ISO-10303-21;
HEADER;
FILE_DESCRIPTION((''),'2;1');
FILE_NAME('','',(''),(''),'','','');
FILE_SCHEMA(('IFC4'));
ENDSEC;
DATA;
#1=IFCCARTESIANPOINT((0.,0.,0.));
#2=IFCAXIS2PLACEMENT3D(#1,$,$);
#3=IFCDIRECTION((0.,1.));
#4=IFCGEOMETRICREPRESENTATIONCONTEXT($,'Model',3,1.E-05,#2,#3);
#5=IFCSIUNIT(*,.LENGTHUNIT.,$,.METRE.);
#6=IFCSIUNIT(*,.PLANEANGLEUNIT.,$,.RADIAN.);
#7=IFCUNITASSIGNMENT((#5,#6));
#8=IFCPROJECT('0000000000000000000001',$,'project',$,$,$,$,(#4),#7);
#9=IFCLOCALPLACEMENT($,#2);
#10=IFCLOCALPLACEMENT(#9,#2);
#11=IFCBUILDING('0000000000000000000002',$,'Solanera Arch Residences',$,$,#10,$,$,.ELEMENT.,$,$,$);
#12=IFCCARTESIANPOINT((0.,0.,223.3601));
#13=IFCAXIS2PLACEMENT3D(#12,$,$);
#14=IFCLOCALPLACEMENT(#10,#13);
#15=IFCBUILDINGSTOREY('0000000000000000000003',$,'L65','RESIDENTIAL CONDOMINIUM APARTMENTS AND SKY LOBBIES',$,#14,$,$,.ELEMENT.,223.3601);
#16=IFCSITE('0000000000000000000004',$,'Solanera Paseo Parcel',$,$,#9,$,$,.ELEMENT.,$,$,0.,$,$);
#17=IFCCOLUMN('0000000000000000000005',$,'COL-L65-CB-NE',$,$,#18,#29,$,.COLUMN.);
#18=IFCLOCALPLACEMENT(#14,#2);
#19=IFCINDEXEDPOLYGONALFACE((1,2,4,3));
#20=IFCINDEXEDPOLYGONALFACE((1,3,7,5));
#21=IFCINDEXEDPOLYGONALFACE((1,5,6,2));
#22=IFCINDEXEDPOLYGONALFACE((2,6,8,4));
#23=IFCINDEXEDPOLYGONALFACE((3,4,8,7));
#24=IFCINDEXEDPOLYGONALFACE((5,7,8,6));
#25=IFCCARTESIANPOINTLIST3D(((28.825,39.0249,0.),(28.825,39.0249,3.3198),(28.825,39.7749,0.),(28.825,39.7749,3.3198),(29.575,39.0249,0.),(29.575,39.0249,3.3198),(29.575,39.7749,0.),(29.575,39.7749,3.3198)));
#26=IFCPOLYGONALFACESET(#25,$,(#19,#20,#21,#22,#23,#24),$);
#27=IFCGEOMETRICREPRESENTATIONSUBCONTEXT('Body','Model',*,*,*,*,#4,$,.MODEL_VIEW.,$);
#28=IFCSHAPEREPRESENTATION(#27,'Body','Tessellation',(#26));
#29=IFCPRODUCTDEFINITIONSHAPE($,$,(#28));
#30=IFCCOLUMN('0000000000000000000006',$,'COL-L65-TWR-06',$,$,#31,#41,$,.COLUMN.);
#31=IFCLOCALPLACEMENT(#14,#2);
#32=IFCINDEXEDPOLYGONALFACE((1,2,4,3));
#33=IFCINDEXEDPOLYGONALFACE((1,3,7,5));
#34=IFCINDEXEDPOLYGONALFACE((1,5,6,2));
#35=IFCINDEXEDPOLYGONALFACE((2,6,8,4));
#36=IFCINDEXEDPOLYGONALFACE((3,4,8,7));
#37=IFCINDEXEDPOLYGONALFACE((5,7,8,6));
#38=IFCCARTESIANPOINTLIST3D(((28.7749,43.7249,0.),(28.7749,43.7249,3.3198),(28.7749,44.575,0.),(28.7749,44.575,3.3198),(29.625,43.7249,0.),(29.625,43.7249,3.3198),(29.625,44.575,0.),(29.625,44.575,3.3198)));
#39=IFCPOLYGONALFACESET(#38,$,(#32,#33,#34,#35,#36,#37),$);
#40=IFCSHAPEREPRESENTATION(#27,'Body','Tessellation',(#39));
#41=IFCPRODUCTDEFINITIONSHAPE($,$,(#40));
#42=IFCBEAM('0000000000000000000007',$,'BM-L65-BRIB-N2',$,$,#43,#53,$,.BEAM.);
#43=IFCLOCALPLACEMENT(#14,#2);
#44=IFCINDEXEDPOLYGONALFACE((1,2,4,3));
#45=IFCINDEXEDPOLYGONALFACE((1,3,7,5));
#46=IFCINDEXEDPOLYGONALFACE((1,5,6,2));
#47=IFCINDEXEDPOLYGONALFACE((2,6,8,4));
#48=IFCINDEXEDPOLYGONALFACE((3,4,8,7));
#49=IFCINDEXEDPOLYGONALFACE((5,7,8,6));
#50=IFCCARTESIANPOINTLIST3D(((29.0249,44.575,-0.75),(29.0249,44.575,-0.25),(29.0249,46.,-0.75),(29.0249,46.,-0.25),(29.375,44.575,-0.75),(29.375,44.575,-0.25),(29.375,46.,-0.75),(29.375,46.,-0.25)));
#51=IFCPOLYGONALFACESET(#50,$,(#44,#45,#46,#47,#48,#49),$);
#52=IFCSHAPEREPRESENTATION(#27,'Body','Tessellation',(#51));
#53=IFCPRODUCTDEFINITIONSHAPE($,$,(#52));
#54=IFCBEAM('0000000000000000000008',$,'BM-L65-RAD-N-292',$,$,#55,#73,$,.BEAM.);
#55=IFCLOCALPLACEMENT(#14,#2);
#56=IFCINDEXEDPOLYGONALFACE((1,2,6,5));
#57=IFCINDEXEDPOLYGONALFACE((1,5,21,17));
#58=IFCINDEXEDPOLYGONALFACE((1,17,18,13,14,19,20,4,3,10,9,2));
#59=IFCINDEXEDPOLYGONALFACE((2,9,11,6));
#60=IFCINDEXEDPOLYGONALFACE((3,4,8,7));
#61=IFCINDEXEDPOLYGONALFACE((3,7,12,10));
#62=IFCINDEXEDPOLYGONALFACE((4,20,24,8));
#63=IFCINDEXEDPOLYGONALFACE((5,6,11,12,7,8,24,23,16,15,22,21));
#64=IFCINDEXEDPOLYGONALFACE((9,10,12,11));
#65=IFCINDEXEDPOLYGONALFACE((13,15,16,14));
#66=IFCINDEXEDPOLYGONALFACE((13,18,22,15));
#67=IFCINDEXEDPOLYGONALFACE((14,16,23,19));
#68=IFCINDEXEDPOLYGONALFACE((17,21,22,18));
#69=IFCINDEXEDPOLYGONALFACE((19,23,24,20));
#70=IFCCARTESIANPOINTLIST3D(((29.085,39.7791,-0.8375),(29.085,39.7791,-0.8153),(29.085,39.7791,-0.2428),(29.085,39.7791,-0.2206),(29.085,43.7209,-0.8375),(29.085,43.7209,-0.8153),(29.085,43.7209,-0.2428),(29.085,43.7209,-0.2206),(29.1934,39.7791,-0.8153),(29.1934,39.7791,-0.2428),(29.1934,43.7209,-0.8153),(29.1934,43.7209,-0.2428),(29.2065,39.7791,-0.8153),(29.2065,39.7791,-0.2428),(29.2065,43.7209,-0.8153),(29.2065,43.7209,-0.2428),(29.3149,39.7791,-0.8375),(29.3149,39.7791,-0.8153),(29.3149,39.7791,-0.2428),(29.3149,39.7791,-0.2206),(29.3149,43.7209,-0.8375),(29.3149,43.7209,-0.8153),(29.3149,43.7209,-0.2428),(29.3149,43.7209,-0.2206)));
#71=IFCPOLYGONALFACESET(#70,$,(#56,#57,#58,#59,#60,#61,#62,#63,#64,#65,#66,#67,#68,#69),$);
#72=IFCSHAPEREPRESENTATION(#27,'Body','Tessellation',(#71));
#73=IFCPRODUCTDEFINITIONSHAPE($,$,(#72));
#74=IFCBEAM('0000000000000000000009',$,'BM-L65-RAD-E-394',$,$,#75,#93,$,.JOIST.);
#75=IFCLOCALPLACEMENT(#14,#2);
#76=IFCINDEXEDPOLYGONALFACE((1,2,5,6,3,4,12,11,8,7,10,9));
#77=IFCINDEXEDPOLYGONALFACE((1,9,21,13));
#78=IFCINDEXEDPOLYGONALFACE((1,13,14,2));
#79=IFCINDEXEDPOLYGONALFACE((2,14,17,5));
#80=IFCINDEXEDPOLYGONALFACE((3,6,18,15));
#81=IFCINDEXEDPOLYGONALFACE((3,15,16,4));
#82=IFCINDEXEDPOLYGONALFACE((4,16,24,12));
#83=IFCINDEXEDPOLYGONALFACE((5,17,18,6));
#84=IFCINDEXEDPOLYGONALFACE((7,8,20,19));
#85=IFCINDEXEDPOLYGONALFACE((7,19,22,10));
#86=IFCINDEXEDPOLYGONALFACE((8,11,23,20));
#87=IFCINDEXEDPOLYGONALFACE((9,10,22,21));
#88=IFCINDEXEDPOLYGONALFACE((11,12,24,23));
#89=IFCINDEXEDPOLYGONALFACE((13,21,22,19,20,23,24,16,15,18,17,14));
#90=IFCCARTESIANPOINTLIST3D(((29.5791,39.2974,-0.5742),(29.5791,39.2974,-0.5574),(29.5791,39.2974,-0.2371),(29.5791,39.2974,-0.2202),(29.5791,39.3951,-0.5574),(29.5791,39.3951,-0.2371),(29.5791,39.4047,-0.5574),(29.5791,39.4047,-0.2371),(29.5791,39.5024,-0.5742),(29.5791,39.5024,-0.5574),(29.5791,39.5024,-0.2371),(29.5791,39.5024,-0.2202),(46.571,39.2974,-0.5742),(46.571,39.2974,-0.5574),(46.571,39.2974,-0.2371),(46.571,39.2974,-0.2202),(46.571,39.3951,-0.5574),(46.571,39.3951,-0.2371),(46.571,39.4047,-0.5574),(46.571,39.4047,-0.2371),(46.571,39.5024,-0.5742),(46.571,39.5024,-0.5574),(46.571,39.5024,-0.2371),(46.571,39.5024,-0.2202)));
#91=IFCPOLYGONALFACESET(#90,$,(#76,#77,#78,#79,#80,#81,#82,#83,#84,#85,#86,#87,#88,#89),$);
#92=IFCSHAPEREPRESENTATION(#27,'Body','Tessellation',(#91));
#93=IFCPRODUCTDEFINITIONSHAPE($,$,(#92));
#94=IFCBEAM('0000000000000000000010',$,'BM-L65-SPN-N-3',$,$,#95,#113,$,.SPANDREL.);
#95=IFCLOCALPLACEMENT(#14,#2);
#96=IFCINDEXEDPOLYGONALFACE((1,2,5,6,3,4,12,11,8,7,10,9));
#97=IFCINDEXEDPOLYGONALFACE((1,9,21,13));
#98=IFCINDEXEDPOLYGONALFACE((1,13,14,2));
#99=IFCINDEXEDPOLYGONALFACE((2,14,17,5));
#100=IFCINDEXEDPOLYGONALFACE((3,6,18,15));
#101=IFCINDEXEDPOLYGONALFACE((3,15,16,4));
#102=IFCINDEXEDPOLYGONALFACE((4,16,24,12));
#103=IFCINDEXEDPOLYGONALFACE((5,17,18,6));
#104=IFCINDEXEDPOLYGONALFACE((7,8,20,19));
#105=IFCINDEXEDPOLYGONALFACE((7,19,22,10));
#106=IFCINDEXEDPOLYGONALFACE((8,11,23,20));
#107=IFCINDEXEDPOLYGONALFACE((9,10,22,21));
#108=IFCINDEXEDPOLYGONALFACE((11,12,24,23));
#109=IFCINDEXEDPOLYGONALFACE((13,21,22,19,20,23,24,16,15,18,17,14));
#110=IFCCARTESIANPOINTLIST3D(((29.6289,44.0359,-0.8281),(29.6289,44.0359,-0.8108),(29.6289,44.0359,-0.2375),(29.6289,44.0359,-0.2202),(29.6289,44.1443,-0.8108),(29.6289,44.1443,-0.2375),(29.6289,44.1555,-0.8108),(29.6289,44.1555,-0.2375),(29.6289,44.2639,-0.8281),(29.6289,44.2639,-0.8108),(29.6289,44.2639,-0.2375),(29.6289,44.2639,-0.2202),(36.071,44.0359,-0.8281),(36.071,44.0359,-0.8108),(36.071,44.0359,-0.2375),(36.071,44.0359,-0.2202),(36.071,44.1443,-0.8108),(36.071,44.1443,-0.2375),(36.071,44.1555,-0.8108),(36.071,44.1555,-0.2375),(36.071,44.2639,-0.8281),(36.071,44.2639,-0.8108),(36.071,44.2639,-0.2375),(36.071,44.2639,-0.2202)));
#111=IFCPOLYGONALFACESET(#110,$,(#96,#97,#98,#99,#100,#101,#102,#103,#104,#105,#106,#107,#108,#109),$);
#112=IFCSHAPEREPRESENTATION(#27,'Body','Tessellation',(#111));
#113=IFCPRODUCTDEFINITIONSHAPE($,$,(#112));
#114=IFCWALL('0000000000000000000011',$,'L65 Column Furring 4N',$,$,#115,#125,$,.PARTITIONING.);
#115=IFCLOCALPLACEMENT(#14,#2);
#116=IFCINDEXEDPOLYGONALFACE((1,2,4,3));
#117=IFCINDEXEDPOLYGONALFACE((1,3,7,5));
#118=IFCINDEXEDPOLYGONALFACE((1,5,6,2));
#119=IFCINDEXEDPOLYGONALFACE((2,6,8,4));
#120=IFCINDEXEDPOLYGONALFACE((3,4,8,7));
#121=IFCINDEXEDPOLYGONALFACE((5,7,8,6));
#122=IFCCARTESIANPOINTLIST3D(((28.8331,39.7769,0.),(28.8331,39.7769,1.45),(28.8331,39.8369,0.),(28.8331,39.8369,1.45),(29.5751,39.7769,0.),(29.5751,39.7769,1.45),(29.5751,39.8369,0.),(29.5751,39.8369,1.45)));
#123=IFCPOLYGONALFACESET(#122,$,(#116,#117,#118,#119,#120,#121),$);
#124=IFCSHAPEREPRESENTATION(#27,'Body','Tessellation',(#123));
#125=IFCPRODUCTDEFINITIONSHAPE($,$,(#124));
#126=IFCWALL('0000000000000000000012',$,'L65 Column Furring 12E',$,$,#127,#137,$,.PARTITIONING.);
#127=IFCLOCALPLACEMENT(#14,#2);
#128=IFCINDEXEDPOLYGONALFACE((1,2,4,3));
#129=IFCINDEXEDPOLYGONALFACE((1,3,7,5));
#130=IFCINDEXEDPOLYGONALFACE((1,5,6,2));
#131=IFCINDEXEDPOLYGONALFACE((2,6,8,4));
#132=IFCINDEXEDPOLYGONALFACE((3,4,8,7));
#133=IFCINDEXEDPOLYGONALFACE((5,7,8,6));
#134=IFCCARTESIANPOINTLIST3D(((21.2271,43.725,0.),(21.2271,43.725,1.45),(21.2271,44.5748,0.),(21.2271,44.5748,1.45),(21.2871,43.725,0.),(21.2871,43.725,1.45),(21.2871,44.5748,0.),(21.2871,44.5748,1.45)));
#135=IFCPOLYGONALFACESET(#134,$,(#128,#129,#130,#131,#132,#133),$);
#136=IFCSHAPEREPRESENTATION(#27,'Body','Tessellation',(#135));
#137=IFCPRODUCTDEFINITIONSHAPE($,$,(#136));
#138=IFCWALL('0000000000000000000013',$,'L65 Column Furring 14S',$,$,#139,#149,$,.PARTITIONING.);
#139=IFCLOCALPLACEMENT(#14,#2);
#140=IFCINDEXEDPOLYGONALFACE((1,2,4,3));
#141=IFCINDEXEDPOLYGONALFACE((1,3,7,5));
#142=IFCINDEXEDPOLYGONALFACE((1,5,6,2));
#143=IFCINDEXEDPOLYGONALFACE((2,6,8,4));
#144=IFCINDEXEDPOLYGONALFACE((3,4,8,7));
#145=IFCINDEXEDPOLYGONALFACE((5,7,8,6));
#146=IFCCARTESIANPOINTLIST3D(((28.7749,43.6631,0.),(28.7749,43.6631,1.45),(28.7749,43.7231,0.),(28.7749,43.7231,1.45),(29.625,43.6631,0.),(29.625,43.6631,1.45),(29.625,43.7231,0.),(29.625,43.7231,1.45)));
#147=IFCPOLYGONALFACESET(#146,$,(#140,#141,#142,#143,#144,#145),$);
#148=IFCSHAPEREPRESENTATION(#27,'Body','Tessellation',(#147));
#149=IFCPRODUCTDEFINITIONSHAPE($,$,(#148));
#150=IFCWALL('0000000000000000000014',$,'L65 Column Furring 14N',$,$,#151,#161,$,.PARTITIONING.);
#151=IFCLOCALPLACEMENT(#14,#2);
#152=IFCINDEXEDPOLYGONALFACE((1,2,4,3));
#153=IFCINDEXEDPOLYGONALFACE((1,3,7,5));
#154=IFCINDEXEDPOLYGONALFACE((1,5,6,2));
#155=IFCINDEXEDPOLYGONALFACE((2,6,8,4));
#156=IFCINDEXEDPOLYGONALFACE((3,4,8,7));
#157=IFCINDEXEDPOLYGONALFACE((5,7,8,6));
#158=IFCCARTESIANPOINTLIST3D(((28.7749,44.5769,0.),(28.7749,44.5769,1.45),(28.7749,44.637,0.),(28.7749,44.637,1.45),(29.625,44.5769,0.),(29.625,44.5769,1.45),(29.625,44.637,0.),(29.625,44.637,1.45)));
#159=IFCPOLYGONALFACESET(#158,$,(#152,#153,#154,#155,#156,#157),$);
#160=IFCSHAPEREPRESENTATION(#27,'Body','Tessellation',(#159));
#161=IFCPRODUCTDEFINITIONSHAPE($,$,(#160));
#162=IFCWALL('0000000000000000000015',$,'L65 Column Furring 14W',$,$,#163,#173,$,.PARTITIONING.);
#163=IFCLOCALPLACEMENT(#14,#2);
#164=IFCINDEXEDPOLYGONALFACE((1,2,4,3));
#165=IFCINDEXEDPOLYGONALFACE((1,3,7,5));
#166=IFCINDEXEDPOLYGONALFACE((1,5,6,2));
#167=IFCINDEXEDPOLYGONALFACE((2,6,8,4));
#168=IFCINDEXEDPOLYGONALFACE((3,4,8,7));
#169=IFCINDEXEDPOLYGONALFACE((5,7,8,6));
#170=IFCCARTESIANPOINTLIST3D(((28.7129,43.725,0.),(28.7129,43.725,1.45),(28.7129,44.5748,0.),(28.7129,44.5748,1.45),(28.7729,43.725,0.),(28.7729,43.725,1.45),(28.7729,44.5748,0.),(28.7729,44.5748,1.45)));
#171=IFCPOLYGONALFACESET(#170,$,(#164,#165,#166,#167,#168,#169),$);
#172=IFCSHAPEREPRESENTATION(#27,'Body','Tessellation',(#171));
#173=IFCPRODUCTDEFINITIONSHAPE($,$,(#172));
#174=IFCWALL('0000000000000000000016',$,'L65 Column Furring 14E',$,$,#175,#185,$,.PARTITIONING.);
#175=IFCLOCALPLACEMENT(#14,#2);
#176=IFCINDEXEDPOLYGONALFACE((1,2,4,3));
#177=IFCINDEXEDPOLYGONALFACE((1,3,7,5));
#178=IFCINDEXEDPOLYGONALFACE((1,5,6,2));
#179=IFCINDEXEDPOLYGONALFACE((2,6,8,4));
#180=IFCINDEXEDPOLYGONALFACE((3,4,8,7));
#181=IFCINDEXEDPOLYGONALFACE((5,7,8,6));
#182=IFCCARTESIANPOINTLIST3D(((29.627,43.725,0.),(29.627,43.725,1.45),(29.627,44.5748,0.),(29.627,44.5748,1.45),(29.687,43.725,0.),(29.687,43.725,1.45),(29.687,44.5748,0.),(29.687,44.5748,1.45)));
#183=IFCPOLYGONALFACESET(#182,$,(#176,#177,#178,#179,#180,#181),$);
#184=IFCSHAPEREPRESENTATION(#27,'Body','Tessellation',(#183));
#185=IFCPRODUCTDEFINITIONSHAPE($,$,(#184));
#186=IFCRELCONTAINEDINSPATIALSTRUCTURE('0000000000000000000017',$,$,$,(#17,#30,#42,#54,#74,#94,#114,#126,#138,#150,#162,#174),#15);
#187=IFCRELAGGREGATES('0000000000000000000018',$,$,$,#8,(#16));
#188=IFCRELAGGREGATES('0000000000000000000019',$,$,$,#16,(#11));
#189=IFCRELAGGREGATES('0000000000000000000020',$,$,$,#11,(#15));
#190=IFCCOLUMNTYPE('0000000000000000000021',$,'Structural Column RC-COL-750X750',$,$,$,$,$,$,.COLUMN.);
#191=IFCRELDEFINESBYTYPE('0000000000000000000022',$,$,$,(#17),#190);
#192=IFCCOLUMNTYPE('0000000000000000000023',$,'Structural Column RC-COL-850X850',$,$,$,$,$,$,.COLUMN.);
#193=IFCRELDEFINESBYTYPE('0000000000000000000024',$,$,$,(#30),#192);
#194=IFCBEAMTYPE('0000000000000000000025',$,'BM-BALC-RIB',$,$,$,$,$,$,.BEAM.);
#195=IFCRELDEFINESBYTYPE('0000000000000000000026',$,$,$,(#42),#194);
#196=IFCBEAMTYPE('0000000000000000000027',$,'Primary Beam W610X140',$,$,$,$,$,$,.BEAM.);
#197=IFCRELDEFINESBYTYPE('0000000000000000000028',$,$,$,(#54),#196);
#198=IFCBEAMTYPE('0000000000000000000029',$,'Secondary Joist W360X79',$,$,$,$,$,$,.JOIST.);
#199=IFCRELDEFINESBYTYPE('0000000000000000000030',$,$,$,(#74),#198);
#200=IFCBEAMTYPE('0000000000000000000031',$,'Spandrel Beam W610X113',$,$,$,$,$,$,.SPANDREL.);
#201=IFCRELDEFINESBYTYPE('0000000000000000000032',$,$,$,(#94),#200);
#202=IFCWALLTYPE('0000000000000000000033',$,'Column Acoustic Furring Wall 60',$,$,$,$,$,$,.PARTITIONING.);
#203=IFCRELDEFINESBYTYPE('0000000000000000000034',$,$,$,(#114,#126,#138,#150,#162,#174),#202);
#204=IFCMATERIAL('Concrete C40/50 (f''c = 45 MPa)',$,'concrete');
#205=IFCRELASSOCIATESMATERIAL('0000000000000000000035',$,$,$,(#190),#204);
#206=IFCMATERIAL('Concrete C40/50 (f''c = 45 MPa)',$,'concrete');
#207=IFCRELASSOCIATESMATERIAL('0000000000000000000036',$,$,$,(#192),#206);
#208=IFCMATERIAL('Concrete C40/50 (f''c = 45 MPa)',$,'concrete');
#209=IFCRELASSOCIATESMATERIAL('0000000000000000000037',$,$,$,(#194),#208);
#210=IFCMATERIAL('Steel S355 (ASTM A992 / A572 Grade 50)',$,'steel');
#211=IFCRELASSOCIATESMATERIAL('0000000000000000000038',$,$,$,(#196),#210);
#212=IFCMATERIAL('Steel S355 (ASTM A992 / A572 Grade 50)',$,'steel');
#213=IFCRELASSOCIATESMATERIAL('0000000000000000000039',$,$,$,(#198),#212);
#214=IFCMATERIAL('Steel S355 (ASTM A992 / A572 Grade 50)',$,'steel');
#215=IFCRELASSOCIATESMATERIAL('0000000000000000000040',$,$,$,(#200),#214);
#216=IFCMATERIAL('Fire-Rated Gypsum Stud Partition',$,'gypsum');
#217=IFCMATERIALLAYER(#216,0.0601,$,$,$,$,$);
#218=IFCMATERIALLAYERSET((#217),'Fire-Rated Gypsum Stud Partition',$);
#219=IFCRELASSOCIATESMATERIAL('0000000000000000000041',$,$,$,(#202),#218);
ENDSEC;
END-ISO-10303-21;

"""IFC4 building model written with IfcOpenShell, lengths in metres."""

from ifc_helpers import new_model, si_unit, direction, frame, frame_2d, origin, origin_2d, place, context, subcontext, project, spatial, rectangle, i_section, extrude, material, layer, layer_set, material_profile, profile_set, type_object, element, save


model = new_model("IFC4")

# Units and contexts
model_context = context("Model", 3, precision=1e-05, world=origin(), true_north=direction((0.0, 1.0)))
body_context = subcontext(model_context, "Body", "Model", "MODEL_VIEW")
ifc_project = project(units=[si_unit("LENGTHUNIT", "METRE"), si_unit("PLANEANGLEUNIT", "RADIAN")], contexts=[model_context])

# Site, building, storey
site_placement = place(None, origin())
site = spatial("IfcSite", under=ifc_project, at=site_placement, Name="Solanera Paseo Parcel", CompositionType="ELEMENT", RefElevation=0.0)
building_placement = place(site_placement, origin())
building = spatial("IfcBuilding", under=site, at=building_placement, Name="Solanera Arch Residences", CompositionType="ELEMENT")
storey_placement = place(building_placement, frame((0.0, 0.0, 223.3601)))
storey = spatial("IfcBuildingStorey", under=building, at=storey_placement, Name="L65", Description="RESIDENTIAL CONDOMINIUM APARTMENTS AND SKY LOBBIES", CompositionType="ELEMENT", Elevation=223.3601)

# Columns
ifc_material_1 = material(Name="Concrete C40/50 (f'c = 45 MPa)", Category="concrete")
ifc_material_profile_1 = material_profile(ifc_material_1, rectangle(XDim=0.75, YDim=0.75, at=origin_2d()))
ifc_profile_set_1 = profile_set([ifc_material_profile_1], Name="Concrete C40/50 (f'c = 45 MPa)")
column_type_1 = type_object("IfcColumnType", Name="Structural Column RC-COL-750X750", PredefinedType="COLUMN", material=ifc_profile_set_1)
column_1_placement = place(storey_placement, frame((29.2, 39.3999, 0.0), z_axis=(0.0, 0.0, 1.0), x_axis=(1.0, 0.0, 0.0)))
element("IfcColumn", 1, at=column_1_placement, inside=storey, type_object=column_type_1, Name="COL-L65-CB-NE", PredefinedType="COLUMN", context=body_context, shape_type="SweptSolid", body=[
    extrude(rectangle(XDim=0.75, YDim=0.75, at=origin_2d()), origin(), (0.0, 0.0, 1.0), 3.3198),
])
ifc_material_2 = material(Name="Concrete C40/50 (f'c = 45 MPa)", Category="concrete")
ifc_material_profile_2 = material_profile(ifc_material_2, rectangle(XDim=0.8501, YDim=0.8501, at=origin_2d()))
ifc_profile_set_2 = profile_set([ifc_material_profile_2], Name="Concrete C40/50 (f'c = 45 MPa)")
column_type_2 = type_object("IfcColumnType", Name="Structural Column RC-COL-850X850", PredefinedType="COLUMN", material=ifc_profile_set_2)
column_2_placement = place(storey_placement, frame((29.2, 44.1499, 0.0), z_axis=(0.0, 0.0, 1.0), x_axis=(1.0, 0.0, 0.0)))
element("IfcColumn", 2, at=column_2_placement, inside=storey, type_object=column_type_2, Name="COL-L65-TWR-06", PredefinedType="COLUMN", context=body_context, shape_type="SweptSolid", body=[
    extrude(rectangle(XDim=0.8501, YDim=0.8501, at=origin_2d()), origin(), (0.0, 0.0, 1.0), 3.3198),
])

# Beams
ifc_material_3 = material(Name="Concrete C40/50 (f'c = 45 MPa)", Category="concrete")
ifc_material_profile_3 = material_profile(ifc_material_3, rectangle(XDim=0.3501, YDim=0.5, at=origin_2d()))
ifc_profile_set_3 = profile_set([ifc_material_profile_3], Name="Concrete C40/50 (f'c = 45 MPa)")
beam_type_1 = type_object("IfcBeamType", Name="BM-BALC-RIB", PredefinedType="BEAM", material=ifc_profile_set_3)
beam_1_placement = place(storey_placement, frame((29.2, 44.575, -0.5), z_axis=(0.0, 1.0, 0.0), x_axis=(-1.0, 0.0, 0.0)))
element("IfcBeam", 3, at=beam_1_placement, inside=storey, type_object=beam_type_1, Name="BM-L65-BRIB-N2", PredefinedType="BEAM", context=body_context, shape_type="SweptSolid", body=[
    extrude(rectangle(XDim=0.3501, YDim=0.5, at=origin_2d()), origin(), (0.0, 0.0, 1.0), 1.425),
])
ifc_material_4 = material(Name="Steel S355 (ASTM A992 / A572 Grade 50)", Category="steel")
ifc_material_profile_4 = material_profile(ifc_material_4, i_section(OverallWidth=0.23, OverallDepth=0.6169, WebThickness=0.0132, FlangeThickness=0.0222, at=origin_2d()))
ifc_profile_set_4 = profile_set([ifc_material_profile_4], Name="Steel S355 (ASTM A992 / A572 Grade 50)")
beam_type_2 = type_object("IfcBeamType", Name="Primary Beam W610X140", PredefinedType="BEAM", material=ifc_profile_set_4)
beam_2_placement = place(storey_placement, frame((29.2, 39.7791, -0.5291), z_axis=(0.0, 1.0, 0.0), x_axis=(-1.0, 0.0, 0.0)))
element("IfcBeam", 4, at=beam_2_placement, inside=storey, type_object=beam_type_2, Name="BM-L65-RAD-N-292", PredefinedType="BEAM", context=body_context, shape_type="SweptSolid", body=[
    extrude(i_section(OverallWidth=0.23, OverallDepth=0.6169, WebThickness=0.0132, FlangeThickness=0.0222, at=origin_2d()), origin(), (0.0, 0.0, 1.0), 3.9419),
])
ifc_material_5 = material(Name="Steel S355 (ASTM A992 / A572 Grade 50)", Category="steel")
ifc_material_profile_5 = material_profile(ifc_material_5, i_section(OverallWidth=0.2051, OverallDepth=0.354, WebThickness=0.0095, FlangeThickness=0.0168, at=origin_2d()))
ifc_profile_set_5 = profile_set([ifc_material_profile_5], Name="Steel S355 (ASTM A992 / A572 Grade 50)")
beam_type_3 = type_object("IfcBeamType", Name="Secondary Joist W360X79", PredefinedType="JOIST", material=ifc_profile_set_5)
beam_3_placement = place(storey_placement, frame((29.5791, 39.3999, -0.3972), z_axis=(1.0, 0.0, 0.0), x_axis=(0.0, 1.0, 0.0)))
element("IfcBeam", 5, at=beam_3_placement, inside=storey, type_object=beam_type_3, Name="BM-L65-RAD-E-394", PredefinedType="JOIST", context=body_context, shape_type="SweptSolid", body=[
    extrude(i_section(OverallWidth=0.2051, OverallDepth=0.354, WebThickness=0.0095, FlangeThickness=0.0168, at=origin_2d()), origin(), (0.0, 0.0, 1.0), 16.9919),
])
ifc_material_6 = material(Name="Steel S355 (ASTM A992 / A572 Grade 50)", Category="steel")
ifc_material_profile_6 = material_profile(ifc_material_6, i_section(OverallWidth=0.228, OverallDepth=0.6079, WebThickness=0.0112, FlangeThickness=0.0173, at=origin_2d()))
ifc_profile_set_6 = profile_set([ifc_material_profile_6], Name="Steel S355 (ASTM A992 / A572 Grade 50)")
beam_type_4 = type_object("IfcBeamType", Name="Spandrel Beam W610X113", PredefinedType="SPANDREL", material=ifc_profile_set_6)
beam_4_placement = place(storey_placement, frame((29.6289, 44.1499, -0.5242), z_axis=(1.0, 0.0, 0.0), x_axis=(0.0, 1.0, 0.0)))
element("IfcBeam", 6, at=beam_4_placement, inside=storey, type_object=beam_type_4, Name="BM-L65-SPN-N-3", PredefinedType="SPANDREL", context=body_context, shape_type="SweptSolid", body=[
    extrude(i_section(OverallWidth=0.228, OverallDepth=0.6079, WebThickness=0.0112, FlangeThickness=0.0173, at=origin_2d()), origin(), (0.0, 0.0, 1.0), 6.4421),
])

# Walls
ifc_material_7 = material(Name="Fire-Rated Gypsum Stud Partition", Category="gypsum")
ifc_layer_1 = layer(ifc_material_7, 0.0601)
ifc_layer_set_1 = layer_set([ifc_layer_1], Name="Fire-Rated Gypsum Stud Partition")
wall_type_1 = type_object("IfcWallType", Name="Column Acoustic Furring Wall 60", PredefinedType="PARTITIONING", material=ifc_layer_set_1)
wall_1_placement = place(storey_placement, frame((28.833, 39.8069, 0.0), z_axis=(0.0, 0.0, 1.0), x_axis=(1.0, 0.0, 0.0)))
element("IfcWall", 7, at=wall_1_placement, inside=storey, type_object=wall_type_1, Name="L65 Column Furring 4N", PredefinedType="PARTITIONING", context=body_context, shape_type="SweptSolid", body=[
    extrude(rectangle(XDim=0.7419, YDim=0.0601, at=frame_2d((0.3711, 0.0))), origin(), (0.0, 0.0, 1.0), 1.45),
])
wall_2_placement = place(storey_placement, frame((21.2571, 43.7251, 0.0), z_axis=(0.0, 0.0, 1.0), x_axis=(0.0, 1.0, 0.0)))
element("IfcWall", 8, at=wall_2_placement, inside=storey, type_object=wall_type_1, Name="L65 Column Furring 12E", PredefinedType="PARTITIONING", context=body_context, shape_type="SweptSolid", body=[
    extrude(rectangle(XDim=0.8499, YDim=0.0601, at=frame_2d((0.4248, 0.0))), origin(), (0.0, 0.0, 1.0), 1.45),
])
for number, where, z_axis, x_axis, name in (
    (9, (28.7749, 43.6931, 0.0), (0.0, 0.0, 1.0), (1.0, 0.0, 0.0), "L65 Column Furring 14S"),
    (10, (28.7749, 44.6069, 0.0), (0.0, 0.0, 1.0), (1.0, 0.0, 0.0), "L65 Column Furring 14N"),
):
    element("IfcWall", number, at=place(storey_placement, frame(where, z_axis=z_axis, x_axis=x_axis)), inside=storey, type_object=wall_type_1, Name=name, PredefinedType="PARTITIONING", context=body_context, shape_type="SweptSolid", body=[
        extrude(rectangle(XDim=0.8501, YDim=0.0601, at=frame_2d((0.425, 0.0))), origin(), (0.0, 0.0, 1.0), 1.45),
    ])
for number, where, z_axis, x_axis, name in (
    (11, (28.7429, 43.7251, 0.0), (0.0, 0.0, 1.0), (0.0, 1.0, 0.0), "L65 Column Furring 14W"),
    (12, (29.657, 43.7251, 0.0), (0.0, 0.0, 1.0), (0.0, 1.0, 0.0), "L65 Column Furring 14E"),
):
    element("IfcWall", number, at=place(storey_placement, frame(where, z_axis=z_axis, x_axis=x_axis)), inside=storey, type_object=wall_type_1, Name=name, PredefinedType="PARTITIONING", context=body_context, shape_type="SweptSolid", body=[
        extrude(rectangle(XDim=0.8499, YDim=0.0601, at=frame_2d((0.4248, 0.0))), origin(), (0.0, 0.0, 1.0), 1.45),
    ])

save(model, "model.ifc")
